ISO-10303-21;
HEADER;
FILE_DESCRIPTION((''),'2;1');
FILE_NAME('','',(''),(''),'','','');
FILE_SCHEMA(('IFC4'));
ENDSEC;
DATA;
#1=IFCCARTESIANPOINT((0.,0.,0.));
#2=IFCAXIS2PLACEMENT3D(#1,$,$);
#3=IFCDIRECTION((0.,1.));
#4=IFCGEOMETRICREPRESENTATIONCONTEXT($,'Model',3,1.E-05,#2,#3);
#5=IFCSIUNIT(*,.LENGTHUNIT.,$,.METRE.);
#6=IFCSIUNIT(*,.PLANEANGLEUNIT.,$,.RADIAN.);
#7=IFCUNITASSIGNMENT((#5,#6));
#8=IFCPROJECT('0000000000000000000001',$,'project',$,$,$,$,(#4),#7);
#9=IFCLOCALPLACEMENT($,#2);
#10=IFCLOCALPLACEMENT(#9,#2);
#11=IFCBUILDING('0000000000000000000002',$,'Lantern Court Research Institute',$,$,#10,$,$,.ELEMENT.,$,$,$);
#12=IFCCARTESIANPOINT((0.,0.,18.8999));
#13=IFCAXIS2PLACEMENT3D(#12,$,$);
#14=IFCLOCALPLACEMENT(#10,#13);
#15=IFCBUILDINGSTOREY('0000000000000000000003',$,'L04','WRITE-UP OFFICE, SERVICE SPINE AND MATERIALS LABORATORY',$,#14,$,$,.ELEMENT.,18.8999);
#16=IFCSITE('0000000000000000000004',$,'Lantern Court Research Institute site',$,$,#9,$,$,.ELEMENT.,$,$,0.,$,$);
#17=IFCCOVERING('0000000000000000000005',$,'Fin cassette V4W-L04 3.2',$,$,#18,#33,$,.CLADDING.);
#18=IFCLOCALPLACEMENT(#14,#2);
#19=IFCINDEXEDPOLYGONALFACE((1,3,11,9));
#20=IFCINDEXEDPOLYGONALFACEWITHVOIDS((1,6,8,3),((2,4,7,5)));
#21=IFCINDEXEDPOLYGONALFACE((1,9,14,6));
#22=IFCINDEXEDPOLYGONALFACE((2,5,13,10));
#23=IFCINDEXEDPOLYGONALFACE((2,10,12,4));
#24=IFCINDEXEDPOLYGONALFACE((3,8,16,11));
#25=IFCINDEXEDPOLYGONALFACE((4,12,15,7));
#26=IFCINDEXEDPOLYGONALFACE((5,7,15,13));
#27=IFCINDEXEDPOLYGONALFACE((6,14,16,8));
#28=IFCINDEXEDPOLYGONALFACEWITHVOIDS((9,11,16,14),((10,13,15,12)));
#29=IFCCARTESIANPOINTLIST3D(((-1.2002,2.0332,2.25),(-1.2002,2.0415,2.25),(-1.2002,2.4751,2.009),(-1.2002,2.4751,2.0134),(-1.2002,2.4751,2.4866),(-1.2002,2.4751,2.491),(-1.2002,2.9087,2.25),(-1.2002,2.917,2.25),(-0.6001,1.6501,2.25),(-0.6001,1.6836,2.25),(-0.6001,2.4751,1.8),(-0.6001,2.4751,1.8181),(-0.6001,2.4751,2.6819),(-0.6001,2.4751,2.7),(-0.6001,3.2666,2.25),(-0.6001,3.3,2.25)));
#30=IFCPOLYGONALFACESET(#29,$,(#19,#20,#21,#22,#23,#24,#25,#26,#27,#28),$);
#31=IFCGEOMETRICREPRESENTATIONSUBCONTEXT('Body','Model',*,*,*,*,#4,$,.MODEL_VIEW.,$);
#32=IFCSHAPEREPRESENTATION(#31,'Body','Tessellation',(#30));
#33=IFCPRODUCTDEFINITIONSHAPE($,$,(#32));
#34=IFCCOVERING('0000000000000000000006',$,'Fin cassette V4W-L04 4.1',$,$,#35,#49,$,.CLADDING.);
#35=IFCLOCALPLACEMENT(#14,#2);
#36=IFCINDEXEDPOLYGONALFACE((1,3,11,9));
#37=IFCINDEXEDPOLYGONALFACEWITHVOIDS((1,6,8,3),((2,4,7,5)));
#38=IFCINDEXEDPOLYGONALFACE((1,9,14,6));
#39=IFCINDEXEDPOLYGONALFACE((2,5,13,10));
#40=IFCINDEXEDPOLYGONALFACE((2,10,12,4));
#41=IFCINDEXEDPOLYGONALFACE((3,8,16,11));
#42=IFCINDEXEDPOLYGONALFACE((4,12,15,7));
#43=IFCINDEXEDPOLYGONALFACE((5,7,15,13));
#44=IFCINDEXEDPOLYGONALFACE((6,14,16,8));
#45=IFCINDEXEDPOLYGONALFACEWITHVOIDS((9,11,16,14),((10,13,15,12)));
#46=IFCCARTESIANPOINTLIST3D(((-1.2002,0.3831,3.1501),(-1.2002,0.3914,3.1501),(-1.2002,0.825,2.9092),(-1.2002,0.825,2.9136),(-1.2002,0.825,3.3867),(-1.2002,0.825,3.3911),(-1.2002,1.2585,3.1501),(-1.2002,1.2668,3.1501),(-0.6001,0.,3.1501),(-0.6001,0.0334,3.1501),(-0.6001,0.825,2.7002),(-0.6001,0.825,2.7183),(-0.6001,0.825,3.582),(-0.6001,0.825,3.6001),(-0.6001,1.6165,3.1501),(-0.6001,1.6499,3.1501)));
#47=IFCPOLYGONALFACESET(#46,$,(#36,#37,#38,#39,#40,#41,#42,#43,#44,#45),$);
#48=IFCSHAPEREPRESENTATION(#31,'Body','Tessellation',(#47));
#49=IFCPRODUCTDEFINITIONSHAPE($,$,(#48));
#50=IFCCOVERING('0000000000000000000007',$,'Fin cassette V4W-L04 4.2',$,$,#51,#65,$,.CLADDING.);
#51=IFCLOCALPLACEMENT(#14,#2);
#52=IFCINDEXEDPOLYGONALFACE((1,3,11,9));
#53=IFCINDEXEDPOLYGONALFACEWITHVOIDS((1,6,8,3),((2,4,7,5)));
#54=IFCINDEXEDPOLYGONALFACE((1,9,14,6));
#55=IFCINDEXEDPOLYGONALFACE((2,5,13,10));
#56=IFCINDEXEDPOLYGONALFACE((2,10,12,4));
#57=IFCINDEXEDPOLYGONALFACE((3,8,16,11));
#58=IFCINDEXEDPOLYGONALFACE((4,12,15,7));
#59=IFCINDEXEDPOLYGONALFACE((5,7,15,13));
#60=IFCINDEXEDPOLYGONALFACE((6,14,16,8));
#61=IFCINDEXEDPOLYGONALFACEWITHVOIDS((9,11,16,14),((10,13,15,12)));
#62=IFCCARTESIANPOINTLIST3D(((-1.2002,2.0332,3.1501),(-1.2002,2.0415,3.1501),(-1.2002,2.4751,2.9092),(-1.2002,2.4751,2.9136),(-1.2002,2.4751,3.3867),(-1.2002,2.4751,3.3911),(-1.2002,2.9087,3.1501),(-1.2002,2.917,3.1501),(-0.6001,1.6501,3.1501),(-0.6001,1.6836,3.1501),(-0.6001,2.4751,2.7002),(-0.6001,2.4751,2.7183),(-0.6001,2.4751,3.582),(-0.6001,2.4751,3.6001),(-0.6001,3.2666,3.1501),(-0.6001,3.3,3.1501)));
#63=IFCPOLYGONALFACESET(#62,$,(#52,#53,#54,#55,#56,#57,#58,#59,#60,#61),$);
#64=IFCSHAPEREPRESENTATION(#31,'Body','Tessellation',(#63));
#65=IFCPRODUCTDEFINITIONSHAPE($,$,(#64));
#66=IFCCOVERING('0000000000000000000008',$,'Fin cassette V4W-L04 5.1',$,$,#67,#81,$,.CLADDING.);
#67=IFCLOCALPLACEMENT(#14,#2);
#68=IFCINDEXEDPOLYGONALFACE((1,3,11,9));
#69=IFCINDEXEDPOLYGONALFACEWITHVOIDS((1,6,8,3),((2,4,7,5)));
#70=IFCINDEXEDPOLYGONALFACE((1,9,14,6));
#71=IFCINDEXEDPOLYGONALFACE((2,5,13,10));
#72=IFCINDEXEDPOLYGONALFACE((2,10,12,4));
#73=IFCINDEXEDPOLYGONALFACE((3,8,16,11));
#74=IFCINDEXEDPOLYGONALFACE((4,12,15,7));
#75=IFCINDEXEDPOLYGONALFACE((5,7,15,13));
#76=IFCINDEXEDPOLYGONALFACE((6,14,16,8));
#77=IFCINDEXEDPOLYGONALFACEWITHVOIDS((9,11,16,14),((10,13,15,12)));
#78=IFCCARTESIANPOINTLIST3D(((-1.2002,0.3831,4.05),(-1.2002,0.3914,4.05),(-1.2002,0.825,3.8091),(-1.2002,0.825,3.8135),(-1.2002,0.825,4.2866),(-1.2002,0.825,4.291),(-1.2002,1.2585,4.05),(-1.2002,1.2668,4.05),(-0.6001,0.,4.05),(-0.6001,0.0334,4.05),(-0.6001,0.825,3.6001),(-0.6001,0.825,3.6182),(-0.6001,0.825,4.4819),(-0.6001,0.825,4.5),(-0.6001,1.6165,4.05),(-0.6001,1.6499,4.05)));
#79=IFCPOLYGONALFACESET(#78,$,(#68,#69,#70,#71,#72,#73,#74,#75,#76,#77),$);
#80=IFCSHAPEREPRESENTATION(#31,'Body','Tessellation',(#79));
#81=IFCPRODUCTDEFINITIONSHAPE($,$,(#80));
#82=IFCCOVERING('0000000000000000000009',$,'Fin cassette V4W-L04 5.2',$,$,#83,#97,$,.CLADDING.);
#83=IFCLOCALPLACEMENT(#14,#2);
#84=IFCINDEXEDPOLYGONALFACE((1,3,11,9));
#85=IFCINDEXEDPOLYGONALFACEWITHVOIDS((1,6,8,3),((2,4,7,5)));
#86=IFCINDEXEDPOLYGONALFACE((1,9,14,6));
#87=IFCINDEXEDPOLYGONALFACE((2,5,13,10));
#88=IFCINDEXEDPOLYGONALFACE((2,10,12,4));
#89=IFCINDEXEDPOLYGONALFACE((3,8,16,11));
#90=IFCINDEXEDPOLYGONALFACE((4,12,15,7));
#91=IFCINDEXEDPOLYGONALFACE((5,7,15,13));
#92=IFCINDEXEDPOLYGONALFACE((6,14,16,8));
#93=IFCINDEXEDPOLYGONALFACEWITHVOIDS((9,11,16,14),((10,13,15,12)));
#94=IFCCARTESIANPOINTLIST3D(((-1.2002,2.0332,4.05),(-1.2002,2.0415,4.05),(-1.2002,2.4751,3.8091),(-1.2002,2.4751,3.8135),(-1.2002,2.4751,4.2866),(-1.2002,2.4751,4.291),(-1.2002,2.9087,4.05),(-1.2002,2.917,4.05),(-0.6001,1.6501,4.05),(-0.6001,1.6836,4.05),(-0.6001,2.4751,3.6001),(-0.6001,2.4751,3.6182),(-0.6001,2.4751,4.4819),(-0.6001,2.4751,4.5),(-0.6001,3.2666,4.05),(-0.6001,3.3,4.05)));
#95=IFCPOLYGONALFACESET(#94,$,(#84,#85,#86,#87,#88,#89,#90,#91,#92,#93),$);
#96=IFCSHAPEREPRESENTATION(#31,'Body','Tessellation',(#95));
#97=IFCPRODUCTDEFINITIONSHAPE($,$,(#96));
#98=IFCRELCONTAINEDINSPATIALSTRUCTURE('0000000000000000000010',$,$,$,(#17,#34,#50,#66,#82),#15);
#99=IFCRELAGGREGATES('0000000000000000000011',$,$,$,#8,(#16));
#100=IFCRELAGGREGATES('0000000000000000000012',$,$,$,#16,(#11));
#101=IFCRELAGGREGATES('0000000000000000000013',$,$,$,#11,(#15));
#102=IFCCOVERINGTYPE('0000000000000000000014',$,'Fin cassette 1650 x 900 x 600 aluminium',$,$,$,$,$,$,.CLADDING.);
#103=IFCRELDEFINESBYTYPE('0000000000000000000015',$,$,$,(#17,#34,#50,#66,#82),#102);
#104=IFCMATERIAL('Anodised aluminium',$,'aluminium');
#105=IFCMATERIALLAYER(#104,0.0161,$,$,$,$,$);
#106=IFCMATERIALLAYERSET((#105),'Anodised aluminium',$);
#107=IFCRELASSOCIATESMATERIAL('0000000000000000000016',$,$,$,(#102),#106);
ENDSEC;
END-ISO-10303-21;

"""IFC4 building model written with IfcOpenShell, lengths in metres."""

from ifc_helpers import new_model, entity, si_unit, direction, frame, origin, place, context, subcontext, project, spatial, material, layer, layer_set, type_object, element, save


model = new_model("IFC4")

# Units and contexts
model_context = context("Model", 3, precision=1e-05, world=origin(), true_north=direction((0.0, 1.0)))
body_context = subcontext(model_context, "Body", "Model", "MODEL_VIEW")
ifc_project = project(units=[si_unit("LENGTHUNIT", "METRE"), si_unit("PLANEANGLEUNIT", "RADIAN")], contexts=[model_context])

# Site, building, storey
site_placement = place(None, origin())
site = spatial("IfcSite", under=ifc_project, at=site_placement, Name="Lantern Court Research Institute site", CompositionType="ELEMENT", RefElevation=0.0)
building_placement = place(site_placement, origin())
building = spatial("IfcBuilding", under=site, at=building_placement, Name="Lantern Court Research Institute", CompositionType="ELEMENT")
storey_placement = place(building_placement, frame((0.0, 0.0, 18.8999)))
storey = spatial("IfcBuildingStorey", under=building, at=storey_placement, Name="L04", Description="WRITE-UP OFFICE, SERVICE SPINE AND MATERIALS LABORATORY", CompositionType="ELEMENT", Elevation=18.8999)

# Coverings
ifc_material_1 = material(Name="Anodised aluminium", Category="aluminium")
ifc_layer_1 = layer(ifc_material_1, 0.0161)
ifc_layer_set_1 = layer_set([ifc_layer_1], Name="Anodised aluminium")
covering_type = type_object("IfcCoveringType", Name="Fin cassette 1650 x 900 x 600 aluminium", PredefinedType="CLADDING", material=ifc_layer_set_1)
covering_1_placement = place(storey_placement, frame((-0.6001, 2.4751, 2.25), z_axis=(-1.0, 0.0, 0.0), x_axis=(0.0, -1.0, 0.0)))
cartesian_point_1 = entity("IfcCartesianPoint", [0.825, 0.0])
cartesian_point_2 = entity("IfcCartesianPoint", [0.7915, 0.0])
cartesian_point_3 = entity("IfcCartesianPoint", [0.4419, 0.0])
cartesian_point_4 = entity("IfcCartesianPoint", [0.4336, 0.0])
element("IfcCovering", 1, at=covering_1_placement, inside=storey, type_object=covering_type, Name="Fin cassette V4W-L04 3.2", PredefinedType="CLADDING", context=body_context, shape_type="SweptSolid", body=[
    entity("IfcExtrudedAreaSolidTapered", entity("IfcArbitraryProfileDefWithVoids", "AREA", None, entity("IfcPolyline", [cartesian_point_1, entity("IfcCartesianPoint", [0.0, 0.45]), entity("IfcCartesianPoint", [-0.825, 0.0]), entity("IfcCartesianPoint", [0.0, -0.45]), cartesian_point_1]), [entity("IfcPolyline", [cartesian_point_2, entity("IfcCartesianPoint", [0.0, 0.4319]), entity("IfcCartesianPoint", [-0.7915, 0.0]), entity("IfcCartesianPoint", [0.0, -0.4319]), cartesian_point_2])]), entity("IfcAxis2Placement3D", entity("IfcCartesianPoint", [0.0, 0.0, 0.0])), entity("IfcDirection", [0.0, 0.0, 1.0]), 0.6001, entity("IfcArbitraryProfileDefWithVoids", "AREA", None, entity("IfcPolyline", [cartesian_point_3, entity("IfcCartesianPoint", [0.0, 0.241]), entity("IfcCartesianPoint", [-0.4419, 0.0]), entity("IfcCartesianPoint", [0.0, -0.241]), cartesian_point_3]), [entity("IfcPolyline", [cartesian_point_4, entity("IfcCartesianPoint", [0.0, 0.2366]), entity("IfcCartesianPoint", [-0.4336, 0.0]), entity("IfcCartesianPoint", [0.0, -0.2366]), cartesian_point_4])])),
])
covering_2_placement = place(storey_placement, frame((-0.6001, 0.825, 3.1501), z_axis=(-1.0, 0.0, 0.0), x_axis=(0.0, -1.0, 0.0)))
cartesian_point_5 = entity("IfcCartesianPoint", [0.825, 0.0])
cartesian_point_6 = entity("IfcCartesianPoint", [0.7915, 0.0])
cartesian_point_7 = entity("IfcCartesianPoint", [0.4419, 0.0])
cartesian_point_8 = entity("IfcCartesianPoint", [0.4336, 0.0])
element("IfcCovering", 2, at=covering_2_placement, inside=storey, type_object=covering_type, Name="Fin cassette V4W-L04 4.1", PredefinedType="CLADDING", context=body_context, shape_type="SweptSolid", body=[
    entity("IfcExtrudedAreaSolidTapered", entity("IfcArbitraryProfileDefWithVoids", "AREA", None, entity("IfcPolyline", [cartesian_point_5, entity("IfcCartesianPoint", [0.0, 0.45]), entity("IfcCartesianPoint", [-0.825, 0.0]), entity("IfcCartesianPoint", [0.0, -0.45]), cartesian_point_5]), [entity("IfcPolyline", [cartesian_point_6, entity("IfcCartesianPoint", [0.0, 0.4319]), entity("IfcCartesianPoint", [-0.7915, 0.0]), entity("IfcCartesianPoint", [0.0, -0.4319]), cartesian_point_6])]), entity("IfcAxis2Placement3D", entity("IfcCartesianPoint", [0.0, 0.0, 0.0])), entity("IfcDirection", [0.0, 0.0, 1.0]), 0.6001, entity("IfcArbitraryProfileDefWithVoids", "AREA", None, entity("IfcPolyline", [cartesian_point_7, entity("IfcCartesianPoint", [0.0, 0.241]), entity("IfcCartesianPoint", [-0.4419, 0.0]), entity("IfcCartesianPoint", [0.0, -0.241]), cartesian_point_7]), [entity("IfcPolyline", [cartesian_point_8, entity("IfcCartesianPoint", [0.0, 0.2366]), entity("IfcCartesianPoint", [-0.4336, 0.0]), entity("IfcCartesianPoint", [0.0, -0.2366]), cartesian_point_8])])),
])
covering_3_placement = place(storey_placement, frame((-0.6001, 2.4751, 3.1501), z_axis=(-1.0, 0.0, 0.0), x_axis=(0.0, -1.0, 0.0)))
cartesian_point_9 = entity("IfcCartesianPoint", [0.825, 0.0])
cartesian_point_10 = entity("IfcCartesianPoint", [0.7915, 0.0])
cartesian_point_11 = entity("IfcCartesianPoint", [0.4419, 0.0])
cartesian_point_12 = entity("IfcCartesianPoint", [0.4336, 0.0])
element("IfcCovering", 3, at=covering_3_placement, inside=storey, type_object=covering_type, Name="Fin cassette V4W-L04 4.2", PredefinedType="CLADDING", context=body_context, shape_type="SweptSolid", body=[
    entity("IfcExtrudedAreaSolidTapered", entity("IfcArbitraryProfileDefWithVoids", "AREA", None, entity("IfcPolyline", [cartesian_point_9, entity("IfcCartesianPoint", [0.0, 0.45]), entity("IfcCartesianPoint", [-0.825, 0.0]), entity("IfcCartesianPoint", [0.0, -0.45]), cartesian_point_9]), [entity("IfcPolyline", [cartesian_point_10, entity("IfcCartesianPoint", [0.0, 0.4319]), entity("IfcCartesianPoint", [-0.7915, 0.0]), entity("IfcCartesianPoint", [0.0, -0.4319]), cartesian_point_10])]), entity("IfcAxis2Placement3D", entity("IfcCartesianPoint", [0.0, 0.0, 0.0])), entity("IfcDirection", [0.0, 0.0, 1.0]), 0.6001, entity("IfcArbitraryProfileDefWithVoids", "AREA", None, entity("IfcPolyline", [cartesian_point_11, entity("IfcCartesianPoint", [0.0, 0.241]), entity("IfcCartesianPoint", [-0.4419, 0.0]), entity("IfcCartesianPoint", [0.0, -0.241]), cartesian_point_11]), [entity("IfcPolyline", [cartesian_point_12, entity("IfcCartesianPoint", [0.0, 0.2366]), entity("IfcCartesianPoint", [-0.4336, 0.0]), entity("IfcCartesianPoint", [0.0, -0.2366]), cartesian_point_12])])),
])
covering_4_placement = place(storey_placement, frame((-0.6001, 0.825, 4.05), z_axis=(-1.0, 0.0, 0.0), x_axis=(0.0, -1.0, 0.0)))
cartesian_point_13 = entity("IfcCartesianPoint", [0.825, 0.0])
cartesian_point_14 = entity("IfcCartesianPoint", [0.7915, 0.0])
cartesian_point_15 = entity("IfcCartesianPoint", [0.4419, 0.0])
cartesian_point_16 = entity("IfcCartesianPoint", [0.4336, 0.0])
element("IfcCovering", 4, at=covering_4_placement, inside=storey, type_object=covering_type, Name="Fin cassette V4W-L04 5.1", PredefinedType="CLADDING", context=body_context, shape_type="SweptSolid", body=[
    entity("IfcExtrudedAreaSolidTapered", entity("IfcArbitraryProfileDefWithVoids", "AREA", None, entity("IfcPolyline", [cartesian_point_13, entity("IfcCartesianPoint", [0.0, 0.45]), entity("IfcCartesianPoint", [-0.825, 0.0]), entity("IfcCartesianPoint", [0.0, -0.45]), cartesian_point_13]), [entity("IfcPolyline", [cartesian_point_14, entity("IfcCartesianPoint", [0.0, 0.4319]), entity("IfcCartesianPoint", [-0.7915, 0.0]), entity("IfcCartesianPoint", [0.0, -0.4319]), cartesian_point_14])]), entity("IfcAxis2Placement3D", entity("IfcCartesianPoint", [0.0, 0.0, 0.0])), entity("IfcDirection", [0.0, 0.0, 1.0]), 0.6001, entity("IfcArbitraryProfileDefWithVoids", "AREA", None, entity("IfcPolyline", [cartesian_point_15, entity("IfcCartesianPoint", [0.0, 0.241]), entity("IfcCartesianPoint", [-0.4419, 0.0]), entity("IfcCartesianPoint", [0.0, -0.241]), cartesian_point_15]), [entity("IfcPolyline", [cartesian_point_16, entity("IfcCartesianPoint", [0.0, 0.2366]), entity("IfcCartesianPoint", [-0.4336, 0.0]), entity("IfcCartesianPoint", [0.0, -0.2366]), cartesian_point_16])])),
])
covering_5_placement = place(storey_placement, frame((-0.6001, 2.4751, 4.05), z_axis=(-1.0, 0.0, 0.0), x_axis=(0.0, -1.0, 0.0)))
cartesian_point_17 = entity("IfcCartesianPoint", [0.825, 0.0])
cartesian_point_18 = entity("IfcCartesianPoint", [0.7915, 0.0])
cartesian_point_19 = entity("IfcCartesianPoint", [0.4419, 0.0])
cartesian_point_20 = entity("IfcCartesianPoint", [0.4336, 0.0])
element("IfcCovering", 5, at=covering_5_placement, inside=storey, type_object=covering_type, Name="Fin cassette V4W-L04 5.2", PredefinedType="CLADDING", context=body_context, shape_type="SweptSolid", body=[
    entity("IfcExtrudedAreaSolidTapered", entity("IfcArbitraryProfileDefWithVoids", "AREA", None, entity("IfcPolyline", [cartesian_point_17, entity("IfcCartesianPoint", [0.0, 0.45]), entity("IfcCartesianPoint", [-0.825, 0.0]), entity("IfcCartesianPoint", [0.0, -0.45]), cartesian_point_17]), [entity("IfcPolyline", [cartesian_point_18, entity("IfcCartesianPoint", [0.0, 0.4319]), entity("IfcCartesianPoint", [-0.7915, 0.0]), entity("IfcCartesianPoint", [0.0, -0.4319]), cartesian_point_18])]), entity("IfcAxis2Placement3D", entity("IfcCartesianPoint", [0.0, 0.0, 0.0])), entity("IfcDirection", [0.0, 0.0, 1.0]), 0.6001, entity("IfcArbitraryProfileDefWithVoids", "AREA", None, entity("IfcPolyline", [cartesian_point_19, entity("IfcCartesianPoint", [0.0, 0.241]), entity("IfcCartesianPoint", [-0.4419, 0.0]), entity("IfcCartesianPoint", [0.0, -0.241]), cartesian_point_19]), [entity("IfcPolyline", [cartesian_point_20, entity("IfcCartesianPoint", [0.0, 0.2366]), entity("IfcCartesianPoint", [-0.4336, 0.0]), entity("IfcCartesianPoint", [0.0, -0.2366]), cartesian_point_20])])),
])

save(model, "model.ifc")
